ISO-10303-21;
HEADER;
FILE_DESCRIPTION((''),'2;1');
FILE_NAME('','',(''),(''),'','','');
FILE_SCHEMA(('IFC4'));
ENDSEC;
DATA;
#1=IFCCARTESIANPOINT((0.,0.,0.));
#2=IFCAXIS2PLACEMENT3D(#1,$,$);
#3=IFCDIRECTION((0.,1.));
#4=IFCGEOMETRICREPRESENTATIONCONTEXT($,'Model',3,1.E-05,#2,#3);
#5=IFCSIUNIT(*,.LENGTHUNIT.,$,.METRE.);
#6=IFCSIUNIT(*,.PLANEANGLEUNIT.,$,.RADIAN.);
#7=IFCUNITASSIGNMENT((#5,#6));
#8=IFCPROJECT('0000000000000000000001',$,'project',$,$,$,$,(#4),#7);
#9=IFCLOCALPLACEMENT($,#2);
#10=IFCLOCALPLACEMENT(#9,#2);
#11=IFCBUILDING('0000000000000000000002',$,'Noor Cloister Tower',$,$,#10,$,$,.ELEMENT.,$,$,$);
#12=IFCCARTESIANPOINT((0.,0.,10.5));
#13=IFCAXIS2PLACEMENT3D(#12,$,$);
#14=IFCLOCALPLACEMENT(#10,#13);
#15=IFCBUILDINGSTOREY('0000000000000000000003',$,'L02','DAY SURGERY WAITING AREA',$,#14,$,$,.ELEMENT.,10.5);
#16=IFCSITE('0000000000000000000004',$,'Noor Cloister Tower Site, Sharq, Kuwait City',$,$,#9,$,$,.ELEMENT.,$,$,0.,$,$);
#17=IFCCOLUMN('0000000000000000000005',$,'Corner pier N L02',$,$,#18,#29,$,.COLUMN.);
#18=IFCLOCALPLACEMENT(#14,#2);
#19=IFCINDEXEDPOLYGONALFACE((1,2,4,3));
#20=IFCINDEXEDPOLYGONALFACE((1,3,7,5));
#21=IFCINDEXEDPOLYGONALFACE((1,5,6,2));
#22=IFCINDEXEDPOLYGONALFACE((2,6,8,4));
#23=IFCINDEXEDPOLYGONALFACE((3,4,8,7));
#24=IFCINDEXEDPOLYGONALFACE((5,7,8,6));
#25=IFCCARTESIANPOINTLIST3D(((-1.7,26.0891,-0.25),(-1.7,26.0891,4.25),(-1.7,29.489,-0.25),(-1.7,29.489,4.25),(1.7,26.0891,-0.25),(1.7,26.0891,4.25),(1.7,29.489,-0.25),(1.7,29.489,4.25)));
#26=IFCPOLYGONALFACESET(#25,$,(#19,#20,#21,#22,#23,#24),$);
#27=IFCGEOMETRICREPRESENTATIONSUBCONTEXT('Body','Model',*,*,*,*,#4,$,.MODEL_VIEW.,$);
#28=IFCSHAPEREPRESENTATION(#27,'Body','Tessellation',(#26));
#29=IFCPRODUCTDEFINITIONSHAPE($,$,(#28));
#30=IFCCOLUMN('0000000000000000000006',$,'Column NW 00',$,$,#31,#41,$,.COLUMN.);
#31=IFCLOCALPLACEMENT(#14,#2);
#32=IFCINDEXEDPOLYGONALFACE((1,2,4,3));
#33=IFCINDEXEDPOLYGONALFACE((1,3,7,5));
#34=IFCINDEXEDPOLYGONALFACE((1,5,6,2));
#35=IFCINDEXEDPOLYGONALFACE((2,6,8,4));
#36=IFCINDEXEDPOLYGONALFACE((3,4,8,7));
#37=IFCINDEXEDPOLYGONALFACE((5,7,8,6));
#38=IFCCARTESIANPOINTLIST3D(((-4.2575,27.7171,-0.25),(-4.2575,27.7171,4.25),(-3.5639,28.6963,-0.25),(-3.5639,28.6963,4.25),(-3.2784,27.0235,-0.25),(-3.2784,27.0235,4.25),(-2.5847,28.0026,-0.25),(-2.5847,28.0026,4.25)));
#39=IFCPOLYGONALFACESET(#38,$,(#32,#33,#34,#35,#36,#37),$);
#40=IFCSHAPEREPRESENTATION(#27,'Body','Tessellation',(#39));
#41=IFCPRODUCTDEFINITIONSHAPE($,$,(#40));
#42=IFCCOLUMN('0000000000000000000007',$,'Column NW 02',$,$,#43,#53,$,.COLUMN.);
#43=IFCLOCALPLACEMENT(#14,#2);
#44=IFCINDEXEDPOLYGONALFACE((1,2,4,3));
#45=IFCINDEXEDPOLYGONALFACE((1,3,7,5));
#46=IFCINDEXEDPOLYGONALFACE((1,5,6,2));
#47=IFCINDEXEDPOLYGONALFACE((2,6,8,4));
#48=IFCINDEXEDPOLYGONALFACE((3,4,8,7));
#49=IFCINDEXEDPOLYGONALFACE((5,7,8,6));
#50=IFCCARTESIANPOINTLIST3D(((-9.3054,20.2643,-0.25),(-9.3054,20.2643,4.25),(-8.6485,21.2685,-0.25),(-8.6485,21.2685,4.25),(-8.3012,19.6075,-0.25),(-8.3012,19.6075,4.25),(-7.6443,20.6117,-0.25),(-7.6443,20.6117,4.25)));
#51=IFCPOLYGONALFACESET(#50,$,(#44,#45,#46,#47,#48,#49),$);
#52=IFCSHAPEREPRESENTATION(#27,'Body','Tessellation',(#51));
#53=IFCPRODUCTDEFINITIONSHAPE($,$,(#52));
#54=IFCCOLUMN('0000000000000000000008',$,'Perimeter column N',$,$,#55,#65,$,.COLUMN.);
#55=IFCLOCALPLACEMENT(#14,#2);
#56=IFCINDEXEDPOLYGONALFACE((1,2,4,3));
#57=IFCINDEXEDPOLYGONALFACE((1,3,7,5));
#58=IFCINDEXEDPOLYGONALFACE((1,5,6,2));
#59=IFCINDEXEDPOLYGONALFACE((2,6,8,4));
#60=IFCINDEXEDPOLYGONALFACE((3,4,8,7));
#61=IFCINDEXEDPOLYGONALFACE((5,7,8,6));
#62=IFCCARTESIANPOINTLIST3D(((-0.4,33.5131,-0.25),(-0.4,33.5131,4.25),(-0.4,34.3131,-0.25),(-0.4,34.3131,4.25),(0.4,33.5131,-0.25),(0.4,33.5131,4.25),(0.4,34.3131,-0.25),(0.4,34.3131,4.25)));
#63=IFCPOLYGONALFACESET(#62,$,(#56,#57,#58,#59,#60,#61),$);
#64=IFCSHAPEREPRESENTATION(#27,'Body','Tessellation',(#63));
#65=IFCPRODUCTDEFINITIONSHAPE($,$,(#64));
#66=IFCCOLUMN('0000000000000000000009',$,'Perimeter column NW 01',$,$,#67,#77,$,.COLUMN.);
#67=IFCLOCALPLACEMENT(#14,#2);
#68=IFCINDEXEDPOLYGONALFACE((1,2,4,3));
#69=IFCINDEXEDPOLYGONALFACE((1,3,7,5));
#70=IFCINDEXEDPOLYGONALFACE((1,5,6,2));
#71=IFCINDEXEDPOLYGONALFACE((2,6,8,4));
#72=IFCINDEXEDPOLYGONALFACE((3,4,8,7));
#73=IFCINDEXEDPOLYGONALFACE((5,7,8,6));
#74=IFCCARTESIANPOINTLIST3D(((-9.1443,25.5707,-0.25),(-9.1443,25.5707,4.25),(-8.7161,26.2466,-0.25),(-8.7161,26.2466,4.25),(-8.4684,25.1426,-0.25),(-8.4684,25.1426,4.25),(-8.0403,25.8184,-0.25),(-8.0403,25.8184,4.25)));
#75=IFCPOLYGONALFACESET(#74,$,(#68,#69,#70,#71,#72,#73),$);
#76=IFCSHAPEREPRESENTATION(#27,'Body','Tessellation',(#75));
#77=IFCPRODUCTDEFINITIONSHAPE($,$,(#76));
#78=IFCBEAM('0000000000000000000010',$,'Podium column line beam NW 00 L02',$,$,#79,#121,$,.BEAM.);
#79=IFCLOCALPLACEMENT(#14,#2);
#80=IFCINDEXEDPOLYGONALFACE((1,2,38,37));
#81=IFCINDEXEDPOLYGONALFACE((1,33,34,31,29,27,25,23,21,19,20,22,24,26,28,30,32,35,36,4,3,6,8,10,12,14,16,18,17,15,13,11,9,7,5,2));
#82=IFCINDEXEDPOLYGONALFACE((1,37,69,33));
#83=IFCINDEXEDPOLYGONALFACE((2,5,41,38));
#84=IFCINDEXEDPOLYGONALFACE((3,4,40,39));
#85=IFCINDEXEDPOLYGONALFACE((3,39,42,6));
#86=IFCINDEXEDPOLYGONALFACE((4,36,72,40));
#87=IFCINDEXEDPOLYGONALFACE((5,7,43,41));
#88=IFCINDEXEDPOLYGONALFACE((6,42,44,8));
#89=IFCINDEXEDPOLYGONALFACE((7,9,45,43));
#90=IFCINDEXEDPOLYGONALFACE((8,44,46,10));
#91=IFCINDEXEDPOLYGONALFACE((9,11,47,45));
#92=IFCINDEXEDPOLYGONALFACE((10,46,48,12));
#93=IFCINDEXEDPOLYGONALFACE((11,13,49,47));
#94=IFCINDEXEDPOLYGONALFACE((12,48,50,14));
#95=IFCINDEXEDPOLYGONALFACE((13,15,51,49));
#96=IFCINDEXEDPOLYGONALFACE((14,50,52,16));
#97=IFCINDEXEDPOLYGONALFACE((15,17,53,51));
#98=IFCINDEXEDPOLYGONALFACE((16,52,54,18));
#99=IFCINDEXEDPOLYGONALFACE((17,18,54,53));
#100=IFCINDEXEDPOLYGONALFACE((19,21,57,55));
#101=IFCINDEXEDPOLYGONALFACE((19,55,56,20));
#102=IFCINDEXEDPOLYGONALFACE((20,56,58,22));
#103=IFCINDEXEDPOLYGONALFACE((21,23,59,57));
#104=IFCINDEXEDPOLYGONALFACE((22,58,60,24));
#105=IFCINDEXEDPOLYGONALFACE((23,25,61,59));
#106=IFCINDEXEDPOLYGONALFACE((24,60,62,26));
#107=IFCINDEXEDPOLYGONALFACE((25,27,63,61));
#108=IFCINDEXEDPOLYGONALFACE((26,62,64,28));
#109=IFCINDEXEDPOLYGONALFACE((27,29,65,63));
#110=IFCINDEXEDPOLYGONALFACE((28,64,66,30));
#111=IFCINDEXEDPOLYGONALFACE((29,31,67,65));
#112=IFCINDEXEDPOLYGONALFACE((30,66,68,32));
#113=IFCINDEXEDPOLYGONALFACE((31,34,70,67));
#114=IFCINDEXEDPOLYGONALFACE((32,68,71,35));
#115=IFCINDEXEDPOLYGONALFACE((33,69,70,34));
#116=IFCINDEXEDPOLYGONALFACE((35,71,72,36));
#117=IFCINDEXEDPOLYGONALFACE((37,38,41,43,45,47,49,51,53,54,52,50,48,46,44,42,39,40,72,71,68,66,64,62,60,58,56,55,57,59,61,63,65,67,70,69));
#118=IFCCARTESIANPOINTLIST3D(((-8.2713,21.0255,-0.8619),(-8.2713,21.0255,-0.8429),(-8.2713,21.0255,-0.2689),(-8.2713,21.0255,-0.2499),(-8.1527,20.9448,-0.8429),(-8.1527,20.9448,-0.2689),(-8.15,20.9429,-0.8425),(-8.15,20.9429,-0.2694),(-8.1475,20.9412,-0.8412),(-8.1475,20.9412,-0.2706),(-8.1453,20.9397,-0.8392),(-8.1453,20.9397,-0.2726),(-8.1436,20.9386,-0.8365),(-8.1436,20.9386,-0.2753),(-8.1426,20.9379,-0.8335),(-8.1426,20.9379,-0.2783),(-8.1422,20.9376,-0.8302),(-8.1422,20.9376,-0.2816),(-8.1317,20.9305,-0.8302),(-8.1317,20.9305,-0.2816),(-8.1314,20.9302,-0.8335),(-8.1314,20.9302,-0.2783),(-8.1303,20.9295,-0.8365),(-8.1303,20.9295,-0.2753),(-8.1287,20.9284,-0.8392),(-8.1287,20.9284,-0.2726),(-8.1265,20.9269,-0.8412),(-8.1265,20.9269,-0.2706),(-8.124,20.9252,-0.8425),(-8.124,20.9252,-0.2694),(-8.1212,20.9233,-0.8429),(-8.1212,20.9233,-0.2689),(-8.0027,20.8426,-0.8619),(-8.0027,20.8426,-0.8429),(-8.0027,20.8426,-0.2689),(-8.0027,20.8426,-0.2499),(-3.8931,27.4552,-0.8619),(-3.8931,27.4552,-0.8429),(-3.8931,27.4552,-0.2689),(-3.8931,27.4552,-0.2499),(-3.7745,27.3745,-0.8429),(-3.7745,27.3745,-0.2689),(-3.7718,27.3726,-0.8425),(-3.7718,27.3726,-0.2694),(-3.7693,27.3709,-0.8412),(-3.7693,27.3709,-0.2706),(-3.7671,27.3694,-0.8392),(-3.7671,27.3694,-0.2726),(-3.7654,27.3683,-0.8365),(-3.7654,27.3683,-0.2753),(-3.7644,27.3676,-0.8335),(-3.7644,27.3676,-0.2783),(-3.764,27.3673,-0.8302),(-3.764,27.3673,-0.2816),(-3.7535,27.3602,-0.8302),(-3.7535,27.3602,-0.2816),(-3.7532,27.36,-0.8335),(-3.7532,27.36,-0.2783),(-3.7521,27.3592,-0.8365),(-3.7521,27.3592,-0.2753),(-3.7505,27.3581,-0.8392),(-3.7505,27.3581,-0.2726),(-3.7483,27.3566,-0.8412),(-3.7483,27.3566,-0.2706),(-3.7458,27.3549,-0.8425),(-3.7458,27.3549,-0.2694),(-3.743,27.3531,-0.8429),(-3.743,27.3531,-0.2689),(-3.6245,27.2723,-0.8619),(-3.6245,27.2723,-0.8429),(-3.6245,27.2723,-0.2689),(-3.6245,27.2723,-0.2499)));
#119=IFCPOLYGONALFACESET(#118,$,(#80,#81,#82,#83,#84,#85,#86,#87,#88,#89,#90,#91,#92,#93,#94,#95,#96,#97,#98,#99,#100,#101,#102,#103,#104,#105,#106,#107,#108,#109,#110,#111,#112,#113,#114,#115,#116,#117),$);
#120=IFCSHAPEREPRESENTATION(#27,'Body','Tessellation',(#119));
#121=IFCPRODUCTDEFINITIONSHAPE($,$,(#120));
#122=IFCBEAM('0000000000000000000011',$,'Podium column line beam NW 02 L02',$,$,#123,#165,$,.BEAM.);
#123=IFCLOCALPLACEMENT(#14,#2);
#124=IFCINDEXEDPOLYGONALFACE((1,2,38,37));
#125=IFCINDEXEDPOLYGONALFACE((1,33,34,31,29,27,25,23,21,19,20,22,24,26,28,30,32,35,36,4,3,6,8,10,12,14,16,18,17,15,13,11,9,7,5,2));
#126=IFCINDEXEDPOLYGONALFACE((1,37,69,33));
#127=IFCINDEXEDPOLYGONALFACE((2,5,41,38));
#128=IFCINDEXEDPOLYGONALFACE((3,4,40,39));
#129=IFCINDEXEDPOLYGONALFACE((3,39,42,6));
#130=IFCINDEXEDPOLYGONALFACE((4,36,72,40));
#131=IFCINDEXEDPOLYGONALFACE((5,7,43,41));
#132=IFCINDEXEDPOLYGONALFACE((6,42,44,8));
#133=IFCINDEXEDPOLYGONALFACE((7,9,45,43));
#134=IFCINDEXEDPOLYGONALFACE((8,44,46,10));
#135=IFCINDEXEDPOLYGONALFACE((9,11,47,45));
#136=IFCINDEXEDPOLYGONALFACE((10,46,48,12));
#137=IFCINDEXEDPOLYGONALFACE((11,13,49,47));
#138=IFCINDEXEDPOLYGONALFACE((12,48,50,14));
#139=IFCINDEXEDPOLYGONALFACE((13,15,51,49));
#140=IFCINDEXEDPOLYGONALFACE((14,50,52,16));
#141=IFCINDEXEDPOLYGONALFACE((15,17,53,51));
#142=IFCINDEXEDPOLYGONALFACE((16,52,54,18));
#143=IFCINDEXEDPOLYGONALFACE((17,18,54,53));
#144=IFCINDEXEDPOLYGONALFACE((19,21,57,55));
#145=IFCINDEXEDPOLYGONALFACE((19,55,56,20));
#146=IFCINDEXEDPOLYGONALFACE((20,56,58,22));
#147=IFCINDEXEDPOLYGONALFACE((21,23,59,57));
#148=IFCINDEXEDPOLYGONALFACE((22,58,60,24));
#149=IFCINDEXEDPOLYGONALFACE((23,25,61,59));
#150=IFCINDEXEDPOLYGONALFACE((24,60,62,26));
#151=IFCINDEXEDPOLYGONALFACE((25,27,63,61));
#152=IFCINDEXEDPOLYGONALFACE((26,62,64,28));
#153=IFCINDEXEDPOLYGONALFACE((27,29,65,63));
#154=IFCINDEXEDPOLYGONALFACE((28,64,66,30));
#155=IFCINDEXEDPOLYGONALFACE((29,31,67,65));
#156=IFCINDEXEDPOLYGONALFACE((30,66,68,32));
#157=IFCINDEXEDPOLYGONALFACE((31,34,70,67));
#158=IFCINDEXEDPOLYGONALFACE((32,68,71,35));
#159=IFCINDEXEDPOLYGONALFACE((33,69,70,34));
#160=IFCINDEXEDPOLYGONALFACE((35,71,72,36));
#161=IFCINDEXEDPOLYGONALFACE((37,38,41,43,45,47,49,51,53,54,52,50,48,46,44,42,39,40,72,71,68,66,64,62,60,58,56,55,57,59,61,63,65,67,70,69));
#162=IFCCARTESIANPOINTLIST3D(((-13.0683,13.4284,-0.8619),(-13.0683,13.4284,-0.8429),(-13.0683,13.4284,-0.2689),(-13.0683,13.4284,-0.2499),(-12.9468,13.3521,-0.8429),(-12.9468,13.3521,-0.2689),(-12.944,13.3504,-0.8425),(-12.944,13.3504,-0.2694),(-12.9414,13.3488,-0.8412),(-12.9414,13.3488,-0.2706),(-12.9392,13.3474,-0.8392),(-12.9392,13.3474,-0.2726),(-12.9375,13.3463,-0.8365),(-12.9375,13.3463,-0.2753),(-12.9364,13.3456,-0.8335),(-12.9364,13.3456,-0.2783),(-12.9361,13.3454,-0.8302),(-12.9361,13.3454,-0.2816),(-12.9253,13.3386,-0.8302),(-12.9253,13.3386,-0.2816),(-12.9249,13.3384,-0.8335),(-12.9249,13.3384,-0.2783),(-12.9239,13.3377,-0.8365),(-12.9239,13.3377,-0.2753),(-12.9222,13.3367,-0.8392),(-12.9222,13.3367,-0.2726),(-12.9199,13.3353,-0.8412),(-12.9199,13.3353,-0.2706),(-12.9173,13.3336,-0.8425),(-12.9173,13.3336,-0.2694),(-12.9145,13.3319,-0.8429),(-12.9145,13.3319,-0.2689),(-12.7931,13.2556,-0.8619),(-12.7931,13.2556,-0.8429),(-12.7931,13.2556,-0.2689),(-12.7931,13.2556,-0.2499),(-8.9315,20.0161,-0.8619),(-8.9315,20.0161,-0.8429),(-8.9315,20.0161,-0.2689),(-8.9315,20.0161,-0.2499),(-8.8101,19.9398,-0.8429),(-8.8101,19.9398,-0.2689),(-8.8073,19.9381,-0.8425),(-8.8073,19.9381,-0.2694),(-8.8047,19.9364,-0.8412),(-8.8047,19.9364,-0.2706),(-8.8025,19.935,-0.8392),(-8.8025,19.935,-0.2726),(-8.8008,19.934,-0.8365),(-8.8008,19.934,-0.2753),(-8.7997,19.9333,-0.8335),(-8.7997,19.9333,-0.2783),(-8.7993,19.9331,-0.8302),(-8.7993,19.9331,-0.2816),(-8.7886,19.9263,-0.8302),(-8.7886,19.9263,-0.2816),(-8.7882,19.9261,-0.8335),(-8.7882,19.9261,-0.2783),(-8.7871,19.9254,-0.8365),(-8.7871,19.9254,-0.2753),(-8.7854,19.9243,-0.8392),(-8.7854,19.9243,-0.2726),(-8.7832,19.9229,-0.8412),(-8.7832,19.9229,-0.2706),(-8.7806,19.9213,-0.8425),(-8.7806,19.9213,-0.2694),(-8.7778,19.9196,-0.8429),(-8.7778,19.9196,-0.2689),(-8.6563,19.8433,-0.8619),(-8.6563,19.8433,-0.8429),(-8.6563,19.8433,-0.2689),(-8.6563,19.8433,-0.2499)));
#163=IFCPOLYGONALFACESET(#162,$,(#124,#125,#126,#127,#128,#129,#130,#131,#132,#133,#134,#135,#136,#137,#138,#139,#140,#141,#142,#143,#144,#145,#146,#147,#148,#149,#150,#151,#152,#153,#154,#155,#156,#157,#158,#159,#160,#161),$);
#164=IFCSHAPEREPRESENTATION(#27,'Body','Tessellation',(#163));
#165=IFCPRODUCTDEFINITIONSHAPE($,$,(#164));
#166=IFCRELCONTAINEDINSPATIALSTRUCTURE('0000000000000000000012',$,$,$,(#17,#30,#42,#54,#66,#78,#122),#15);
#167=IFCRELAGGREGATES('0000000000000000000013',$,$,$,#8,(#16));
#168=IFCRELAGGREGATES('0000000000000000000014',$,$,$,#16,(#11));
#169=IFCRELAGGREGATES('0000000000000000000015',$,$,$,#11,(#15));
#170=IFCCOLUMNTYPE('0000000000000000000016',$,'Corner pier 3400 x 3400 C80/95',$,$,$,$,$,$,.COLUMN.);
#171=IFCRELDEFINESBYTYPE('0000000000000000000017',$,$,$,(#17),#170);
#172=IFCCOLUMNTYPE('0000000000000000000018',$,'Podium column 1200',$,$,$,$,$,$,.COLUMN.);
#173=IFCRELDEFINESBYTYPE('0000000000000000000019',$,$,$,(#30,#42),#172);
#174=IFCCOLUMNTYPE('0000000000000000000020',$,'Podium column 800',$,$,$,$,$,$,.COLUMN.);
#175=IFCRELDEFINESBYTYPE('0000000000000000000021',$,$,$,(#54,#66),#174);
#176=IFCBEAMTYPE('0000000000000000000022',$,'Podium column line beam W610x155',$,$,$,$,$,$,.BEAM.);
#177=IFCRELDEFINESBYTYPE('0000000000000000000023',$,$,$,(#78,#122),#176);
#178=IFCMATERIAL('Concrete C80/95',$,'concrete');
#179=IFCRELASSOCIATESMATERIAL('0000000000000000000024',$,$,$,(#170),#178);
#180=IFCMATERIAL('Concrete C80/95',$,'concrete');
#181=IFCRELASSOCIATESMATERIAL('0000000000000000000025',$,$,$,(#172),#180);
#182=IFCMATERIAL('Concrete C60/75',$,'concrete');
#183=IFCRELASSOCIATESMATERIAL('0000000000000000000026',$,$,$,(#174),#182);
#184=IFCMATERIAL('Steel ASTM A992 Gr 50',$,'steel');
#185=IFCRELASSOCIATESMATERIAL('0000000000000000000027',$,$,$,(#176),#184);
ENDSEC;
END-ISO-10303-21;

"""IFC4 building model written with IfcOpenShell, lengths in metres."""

from ifc_helpers import new_model, si_unit, direction, frame, origin, origin_2d, place, context, subcontext, project, spatial, rectangle, i_section, extrude, material, material_profile, profile_set, type_object, element, save


model = new_model("IFC4")

# Units and contexts
model_context = context("Model", 3, precision=1e-05, world=origin(), true_north=direction((0.0, 1.0)))
body_context = subcontext(model_context, "Body", "Model", "MODEL_VIEW")
ifc_project = project(units=[si_unit("LENGTHUNIT", "METRE"), si_unit("PLANEANGLEUNIT", "RADIAN")], contexts=[model_context])

# Site, building, storey
site_placement = place(None, origin())
site = spatial("IfcSite", under=ifc_project, at=site_placement, Name="Noor Cloister Tower Site, Sharq, Kuwait City", CompositionType="ELEMENT", RefElevation=0.0)
building_placement = place(site_placement, origin())
building = spatial("IfcBuilding", under=site, at=building_placement, Name="Noor Cloister Tower", CompositionType="ELEMENT")
storey_placement = place(building_placement, frame((0.0, 0.0, 10.5)))
storey = spatial("IfcBuildingStorey", under=building, at=storey_placement, Name="L02", Description="DAY SURGERY WAITING AREA", CompositionType="ELEMENT", Elevation=10.5)

# Columns
ifc_material_1 = material(Name="Concrete C80/95", Category="concrete")
ifc_material_profile_1 = material_profile(ifc_material_1, rectangle(XDim=3.3999, YDim=3.3999, at=origin_2d()), Name="RC 3400x3400")
ifc_profile_set_1 = profile_set([ifc_material_profile_1], Name="Concrete C80/95")
column_type_1 = type_object("IfcColumnType", Name="Corner pier 3400 x 3400 C80/95", PredefinedType="COLUMN", material=ifc_profile_set_1)
column_placement = place(storey_placement, frame((0.0, 27.7891, -0.25), z_axis=(0.0, 0.0, 1.0), x_axis=(0.0, 1.0, 0.0)))
element("IfcColumn", 1, at=column_placement, inside=storey, type_object=column_type_1, Name="Corner pier N L02", PredefinedType="COLUMN", context=body_context, shape_type="SweptSolid", body=[
    extrude(rectangle(XDim=3.3999, YDim=3.3999, at=origin_2d()), origin(), (0.0, 0.0, 1.0), 4.5),
])
ifc_material_2 = material(Name="Concrete C80/95", Category="concrete")
ifc_material_profile_2 = material_profile(ifc_material_2, rectangle(XDim=1.2, YDim=1.2, at=origin_2d()), Name="Podium column 1200")
ifc_profile_set_2 = profile_set([ifc_material_profile_2], Name="Concrete C80/95")
column_type_2 = type_object("IfcColumnType", Name="Podium column 1200", PredefinedType="COLUMN", material=ifc_profile_set_2)
for number, where, z_axis, x_axis, name in (
    (2, (-3.4211, 27.8599, -0.25), (0.0, 0.0, 1.0), (-0.815983, 0.578076, 0.0), "Column NW 00"),
    (3, (-8.4749, 20.438, -0.25), (0.0, 0.0, 1.0), (-0.836868, 0.547405, 0.0), "Column NW 02"),
):
    element("IfcColumn", number, at=place(storey_placement, frame(where, z_axis=z_axis, x_axis=x_axis)), inside=storey, type_object=column_type_2, Name=name, PredefinedType="COLUMN", context=body_context, shape_type="SweptSolid", body=[
        extrude(rectangle(XDim=1.2, YDim=1.2, at=origin_2d()), origin(), (0.0, 0.0, 1.0), 4.5),
    ])
ifc_material_3 = material(Name="Concrete C60/75", Category="concrete")
ifc_material_profile_3 = material_profile(ifc_material_3, rectangle(XDim=0.8, YDim=0.8, at=origin_2d()), Name="Podium column 800")
ifc_profile_set_3 = profile_set([ifc_material_profile_3], Name="Concrete C60/75")
column_type_3 = type_object("IfcColumnType", Name="Podium column 800", PredefinedType="COLUMN", material=ifc_profile_set_3)
for number, where, z_axis, x_axis, name in (
    (4, (0.0, 33.9131, -0.25), (0.0, 0.0, 1.0), (0.0, 1.0, 0.0), "Perimeter column N"),
    (5, (-8.5923, 25.6946, -0.25), (0.0, 0.0, 1.0), (-0.844762, 0.535142, 0.0), "Perimeter column NW 01"),
):
    element("IfcColumn", number, at=place(storey_placement, frame(where, z_axis=z_axis, x_axis=x_axis)), inside=storey, type_object=column_type_3, Name=name, PredefinedType="COLUMN", context=body_context, shape_type="SweptSolid", body=[
        extrude(rectangle(XDim=0.8, YDim=0.8, at=origin_2d()), origin(), (0.0, 0.0, 1.0), 4.5),
    ])

# Beams
ifc_material_4 = material(Name="Steel ASTM A992 Gr 50", Category="steel")
ifc_material_profile_4 = material_profile(ifc_material_4, i_section(OverallWidth=0.325, OverallDepth=0.6121, WebThickness=0.0127, FlangeThickness=0.019, FilletRadius=0.0127, at=origin_2d()), Name="W610x155")
ifc_profile_set_4 = profile_set([ifc_material_profile_4], Name="Steel ASTM A992 Gr 50")
beam_type_1 = type_object("IfcBeamType", Name="Podium column line beam W610x155", PredefinedType="BEAM", material=ifc_profile_set_4)
for number, where, z_axis, x_axis, name in (
    (6, (-3.7588, 27.3638, -0.5559), (-0.562836, -0.826568, 0.0), (0.826568, -0.562836, 0.0), "Podium column line beam NW 00 L02"),
    (7, (-8.7939, 19.9297, -0.5559), (-0.531795, -0.846873, 0.0), (0.846873, -0.531795, 0.0), "Podium column line beam NW 02 L02"),
):
    element("IfcBeam", number, at=place(storey_placement, frame(where, z_axis=z_axis, x_axis=x_axis)), inside=storey, type_object=beam_type_1, Name=name, PredefinedType="BEAM", context=body_context, shape_type="SweptSolid", body=[
        extrude(i_section(OverallWidth=0.325, OverallDepth=0.6121, WebThickness=0.0127, FlangeThickness=0.019, FilletRadius=0.0127, at=origin_2d()), origin(), (0.0, 0.0, 1.0), 7.7788),
    ])

save(model, "model.ifc")
